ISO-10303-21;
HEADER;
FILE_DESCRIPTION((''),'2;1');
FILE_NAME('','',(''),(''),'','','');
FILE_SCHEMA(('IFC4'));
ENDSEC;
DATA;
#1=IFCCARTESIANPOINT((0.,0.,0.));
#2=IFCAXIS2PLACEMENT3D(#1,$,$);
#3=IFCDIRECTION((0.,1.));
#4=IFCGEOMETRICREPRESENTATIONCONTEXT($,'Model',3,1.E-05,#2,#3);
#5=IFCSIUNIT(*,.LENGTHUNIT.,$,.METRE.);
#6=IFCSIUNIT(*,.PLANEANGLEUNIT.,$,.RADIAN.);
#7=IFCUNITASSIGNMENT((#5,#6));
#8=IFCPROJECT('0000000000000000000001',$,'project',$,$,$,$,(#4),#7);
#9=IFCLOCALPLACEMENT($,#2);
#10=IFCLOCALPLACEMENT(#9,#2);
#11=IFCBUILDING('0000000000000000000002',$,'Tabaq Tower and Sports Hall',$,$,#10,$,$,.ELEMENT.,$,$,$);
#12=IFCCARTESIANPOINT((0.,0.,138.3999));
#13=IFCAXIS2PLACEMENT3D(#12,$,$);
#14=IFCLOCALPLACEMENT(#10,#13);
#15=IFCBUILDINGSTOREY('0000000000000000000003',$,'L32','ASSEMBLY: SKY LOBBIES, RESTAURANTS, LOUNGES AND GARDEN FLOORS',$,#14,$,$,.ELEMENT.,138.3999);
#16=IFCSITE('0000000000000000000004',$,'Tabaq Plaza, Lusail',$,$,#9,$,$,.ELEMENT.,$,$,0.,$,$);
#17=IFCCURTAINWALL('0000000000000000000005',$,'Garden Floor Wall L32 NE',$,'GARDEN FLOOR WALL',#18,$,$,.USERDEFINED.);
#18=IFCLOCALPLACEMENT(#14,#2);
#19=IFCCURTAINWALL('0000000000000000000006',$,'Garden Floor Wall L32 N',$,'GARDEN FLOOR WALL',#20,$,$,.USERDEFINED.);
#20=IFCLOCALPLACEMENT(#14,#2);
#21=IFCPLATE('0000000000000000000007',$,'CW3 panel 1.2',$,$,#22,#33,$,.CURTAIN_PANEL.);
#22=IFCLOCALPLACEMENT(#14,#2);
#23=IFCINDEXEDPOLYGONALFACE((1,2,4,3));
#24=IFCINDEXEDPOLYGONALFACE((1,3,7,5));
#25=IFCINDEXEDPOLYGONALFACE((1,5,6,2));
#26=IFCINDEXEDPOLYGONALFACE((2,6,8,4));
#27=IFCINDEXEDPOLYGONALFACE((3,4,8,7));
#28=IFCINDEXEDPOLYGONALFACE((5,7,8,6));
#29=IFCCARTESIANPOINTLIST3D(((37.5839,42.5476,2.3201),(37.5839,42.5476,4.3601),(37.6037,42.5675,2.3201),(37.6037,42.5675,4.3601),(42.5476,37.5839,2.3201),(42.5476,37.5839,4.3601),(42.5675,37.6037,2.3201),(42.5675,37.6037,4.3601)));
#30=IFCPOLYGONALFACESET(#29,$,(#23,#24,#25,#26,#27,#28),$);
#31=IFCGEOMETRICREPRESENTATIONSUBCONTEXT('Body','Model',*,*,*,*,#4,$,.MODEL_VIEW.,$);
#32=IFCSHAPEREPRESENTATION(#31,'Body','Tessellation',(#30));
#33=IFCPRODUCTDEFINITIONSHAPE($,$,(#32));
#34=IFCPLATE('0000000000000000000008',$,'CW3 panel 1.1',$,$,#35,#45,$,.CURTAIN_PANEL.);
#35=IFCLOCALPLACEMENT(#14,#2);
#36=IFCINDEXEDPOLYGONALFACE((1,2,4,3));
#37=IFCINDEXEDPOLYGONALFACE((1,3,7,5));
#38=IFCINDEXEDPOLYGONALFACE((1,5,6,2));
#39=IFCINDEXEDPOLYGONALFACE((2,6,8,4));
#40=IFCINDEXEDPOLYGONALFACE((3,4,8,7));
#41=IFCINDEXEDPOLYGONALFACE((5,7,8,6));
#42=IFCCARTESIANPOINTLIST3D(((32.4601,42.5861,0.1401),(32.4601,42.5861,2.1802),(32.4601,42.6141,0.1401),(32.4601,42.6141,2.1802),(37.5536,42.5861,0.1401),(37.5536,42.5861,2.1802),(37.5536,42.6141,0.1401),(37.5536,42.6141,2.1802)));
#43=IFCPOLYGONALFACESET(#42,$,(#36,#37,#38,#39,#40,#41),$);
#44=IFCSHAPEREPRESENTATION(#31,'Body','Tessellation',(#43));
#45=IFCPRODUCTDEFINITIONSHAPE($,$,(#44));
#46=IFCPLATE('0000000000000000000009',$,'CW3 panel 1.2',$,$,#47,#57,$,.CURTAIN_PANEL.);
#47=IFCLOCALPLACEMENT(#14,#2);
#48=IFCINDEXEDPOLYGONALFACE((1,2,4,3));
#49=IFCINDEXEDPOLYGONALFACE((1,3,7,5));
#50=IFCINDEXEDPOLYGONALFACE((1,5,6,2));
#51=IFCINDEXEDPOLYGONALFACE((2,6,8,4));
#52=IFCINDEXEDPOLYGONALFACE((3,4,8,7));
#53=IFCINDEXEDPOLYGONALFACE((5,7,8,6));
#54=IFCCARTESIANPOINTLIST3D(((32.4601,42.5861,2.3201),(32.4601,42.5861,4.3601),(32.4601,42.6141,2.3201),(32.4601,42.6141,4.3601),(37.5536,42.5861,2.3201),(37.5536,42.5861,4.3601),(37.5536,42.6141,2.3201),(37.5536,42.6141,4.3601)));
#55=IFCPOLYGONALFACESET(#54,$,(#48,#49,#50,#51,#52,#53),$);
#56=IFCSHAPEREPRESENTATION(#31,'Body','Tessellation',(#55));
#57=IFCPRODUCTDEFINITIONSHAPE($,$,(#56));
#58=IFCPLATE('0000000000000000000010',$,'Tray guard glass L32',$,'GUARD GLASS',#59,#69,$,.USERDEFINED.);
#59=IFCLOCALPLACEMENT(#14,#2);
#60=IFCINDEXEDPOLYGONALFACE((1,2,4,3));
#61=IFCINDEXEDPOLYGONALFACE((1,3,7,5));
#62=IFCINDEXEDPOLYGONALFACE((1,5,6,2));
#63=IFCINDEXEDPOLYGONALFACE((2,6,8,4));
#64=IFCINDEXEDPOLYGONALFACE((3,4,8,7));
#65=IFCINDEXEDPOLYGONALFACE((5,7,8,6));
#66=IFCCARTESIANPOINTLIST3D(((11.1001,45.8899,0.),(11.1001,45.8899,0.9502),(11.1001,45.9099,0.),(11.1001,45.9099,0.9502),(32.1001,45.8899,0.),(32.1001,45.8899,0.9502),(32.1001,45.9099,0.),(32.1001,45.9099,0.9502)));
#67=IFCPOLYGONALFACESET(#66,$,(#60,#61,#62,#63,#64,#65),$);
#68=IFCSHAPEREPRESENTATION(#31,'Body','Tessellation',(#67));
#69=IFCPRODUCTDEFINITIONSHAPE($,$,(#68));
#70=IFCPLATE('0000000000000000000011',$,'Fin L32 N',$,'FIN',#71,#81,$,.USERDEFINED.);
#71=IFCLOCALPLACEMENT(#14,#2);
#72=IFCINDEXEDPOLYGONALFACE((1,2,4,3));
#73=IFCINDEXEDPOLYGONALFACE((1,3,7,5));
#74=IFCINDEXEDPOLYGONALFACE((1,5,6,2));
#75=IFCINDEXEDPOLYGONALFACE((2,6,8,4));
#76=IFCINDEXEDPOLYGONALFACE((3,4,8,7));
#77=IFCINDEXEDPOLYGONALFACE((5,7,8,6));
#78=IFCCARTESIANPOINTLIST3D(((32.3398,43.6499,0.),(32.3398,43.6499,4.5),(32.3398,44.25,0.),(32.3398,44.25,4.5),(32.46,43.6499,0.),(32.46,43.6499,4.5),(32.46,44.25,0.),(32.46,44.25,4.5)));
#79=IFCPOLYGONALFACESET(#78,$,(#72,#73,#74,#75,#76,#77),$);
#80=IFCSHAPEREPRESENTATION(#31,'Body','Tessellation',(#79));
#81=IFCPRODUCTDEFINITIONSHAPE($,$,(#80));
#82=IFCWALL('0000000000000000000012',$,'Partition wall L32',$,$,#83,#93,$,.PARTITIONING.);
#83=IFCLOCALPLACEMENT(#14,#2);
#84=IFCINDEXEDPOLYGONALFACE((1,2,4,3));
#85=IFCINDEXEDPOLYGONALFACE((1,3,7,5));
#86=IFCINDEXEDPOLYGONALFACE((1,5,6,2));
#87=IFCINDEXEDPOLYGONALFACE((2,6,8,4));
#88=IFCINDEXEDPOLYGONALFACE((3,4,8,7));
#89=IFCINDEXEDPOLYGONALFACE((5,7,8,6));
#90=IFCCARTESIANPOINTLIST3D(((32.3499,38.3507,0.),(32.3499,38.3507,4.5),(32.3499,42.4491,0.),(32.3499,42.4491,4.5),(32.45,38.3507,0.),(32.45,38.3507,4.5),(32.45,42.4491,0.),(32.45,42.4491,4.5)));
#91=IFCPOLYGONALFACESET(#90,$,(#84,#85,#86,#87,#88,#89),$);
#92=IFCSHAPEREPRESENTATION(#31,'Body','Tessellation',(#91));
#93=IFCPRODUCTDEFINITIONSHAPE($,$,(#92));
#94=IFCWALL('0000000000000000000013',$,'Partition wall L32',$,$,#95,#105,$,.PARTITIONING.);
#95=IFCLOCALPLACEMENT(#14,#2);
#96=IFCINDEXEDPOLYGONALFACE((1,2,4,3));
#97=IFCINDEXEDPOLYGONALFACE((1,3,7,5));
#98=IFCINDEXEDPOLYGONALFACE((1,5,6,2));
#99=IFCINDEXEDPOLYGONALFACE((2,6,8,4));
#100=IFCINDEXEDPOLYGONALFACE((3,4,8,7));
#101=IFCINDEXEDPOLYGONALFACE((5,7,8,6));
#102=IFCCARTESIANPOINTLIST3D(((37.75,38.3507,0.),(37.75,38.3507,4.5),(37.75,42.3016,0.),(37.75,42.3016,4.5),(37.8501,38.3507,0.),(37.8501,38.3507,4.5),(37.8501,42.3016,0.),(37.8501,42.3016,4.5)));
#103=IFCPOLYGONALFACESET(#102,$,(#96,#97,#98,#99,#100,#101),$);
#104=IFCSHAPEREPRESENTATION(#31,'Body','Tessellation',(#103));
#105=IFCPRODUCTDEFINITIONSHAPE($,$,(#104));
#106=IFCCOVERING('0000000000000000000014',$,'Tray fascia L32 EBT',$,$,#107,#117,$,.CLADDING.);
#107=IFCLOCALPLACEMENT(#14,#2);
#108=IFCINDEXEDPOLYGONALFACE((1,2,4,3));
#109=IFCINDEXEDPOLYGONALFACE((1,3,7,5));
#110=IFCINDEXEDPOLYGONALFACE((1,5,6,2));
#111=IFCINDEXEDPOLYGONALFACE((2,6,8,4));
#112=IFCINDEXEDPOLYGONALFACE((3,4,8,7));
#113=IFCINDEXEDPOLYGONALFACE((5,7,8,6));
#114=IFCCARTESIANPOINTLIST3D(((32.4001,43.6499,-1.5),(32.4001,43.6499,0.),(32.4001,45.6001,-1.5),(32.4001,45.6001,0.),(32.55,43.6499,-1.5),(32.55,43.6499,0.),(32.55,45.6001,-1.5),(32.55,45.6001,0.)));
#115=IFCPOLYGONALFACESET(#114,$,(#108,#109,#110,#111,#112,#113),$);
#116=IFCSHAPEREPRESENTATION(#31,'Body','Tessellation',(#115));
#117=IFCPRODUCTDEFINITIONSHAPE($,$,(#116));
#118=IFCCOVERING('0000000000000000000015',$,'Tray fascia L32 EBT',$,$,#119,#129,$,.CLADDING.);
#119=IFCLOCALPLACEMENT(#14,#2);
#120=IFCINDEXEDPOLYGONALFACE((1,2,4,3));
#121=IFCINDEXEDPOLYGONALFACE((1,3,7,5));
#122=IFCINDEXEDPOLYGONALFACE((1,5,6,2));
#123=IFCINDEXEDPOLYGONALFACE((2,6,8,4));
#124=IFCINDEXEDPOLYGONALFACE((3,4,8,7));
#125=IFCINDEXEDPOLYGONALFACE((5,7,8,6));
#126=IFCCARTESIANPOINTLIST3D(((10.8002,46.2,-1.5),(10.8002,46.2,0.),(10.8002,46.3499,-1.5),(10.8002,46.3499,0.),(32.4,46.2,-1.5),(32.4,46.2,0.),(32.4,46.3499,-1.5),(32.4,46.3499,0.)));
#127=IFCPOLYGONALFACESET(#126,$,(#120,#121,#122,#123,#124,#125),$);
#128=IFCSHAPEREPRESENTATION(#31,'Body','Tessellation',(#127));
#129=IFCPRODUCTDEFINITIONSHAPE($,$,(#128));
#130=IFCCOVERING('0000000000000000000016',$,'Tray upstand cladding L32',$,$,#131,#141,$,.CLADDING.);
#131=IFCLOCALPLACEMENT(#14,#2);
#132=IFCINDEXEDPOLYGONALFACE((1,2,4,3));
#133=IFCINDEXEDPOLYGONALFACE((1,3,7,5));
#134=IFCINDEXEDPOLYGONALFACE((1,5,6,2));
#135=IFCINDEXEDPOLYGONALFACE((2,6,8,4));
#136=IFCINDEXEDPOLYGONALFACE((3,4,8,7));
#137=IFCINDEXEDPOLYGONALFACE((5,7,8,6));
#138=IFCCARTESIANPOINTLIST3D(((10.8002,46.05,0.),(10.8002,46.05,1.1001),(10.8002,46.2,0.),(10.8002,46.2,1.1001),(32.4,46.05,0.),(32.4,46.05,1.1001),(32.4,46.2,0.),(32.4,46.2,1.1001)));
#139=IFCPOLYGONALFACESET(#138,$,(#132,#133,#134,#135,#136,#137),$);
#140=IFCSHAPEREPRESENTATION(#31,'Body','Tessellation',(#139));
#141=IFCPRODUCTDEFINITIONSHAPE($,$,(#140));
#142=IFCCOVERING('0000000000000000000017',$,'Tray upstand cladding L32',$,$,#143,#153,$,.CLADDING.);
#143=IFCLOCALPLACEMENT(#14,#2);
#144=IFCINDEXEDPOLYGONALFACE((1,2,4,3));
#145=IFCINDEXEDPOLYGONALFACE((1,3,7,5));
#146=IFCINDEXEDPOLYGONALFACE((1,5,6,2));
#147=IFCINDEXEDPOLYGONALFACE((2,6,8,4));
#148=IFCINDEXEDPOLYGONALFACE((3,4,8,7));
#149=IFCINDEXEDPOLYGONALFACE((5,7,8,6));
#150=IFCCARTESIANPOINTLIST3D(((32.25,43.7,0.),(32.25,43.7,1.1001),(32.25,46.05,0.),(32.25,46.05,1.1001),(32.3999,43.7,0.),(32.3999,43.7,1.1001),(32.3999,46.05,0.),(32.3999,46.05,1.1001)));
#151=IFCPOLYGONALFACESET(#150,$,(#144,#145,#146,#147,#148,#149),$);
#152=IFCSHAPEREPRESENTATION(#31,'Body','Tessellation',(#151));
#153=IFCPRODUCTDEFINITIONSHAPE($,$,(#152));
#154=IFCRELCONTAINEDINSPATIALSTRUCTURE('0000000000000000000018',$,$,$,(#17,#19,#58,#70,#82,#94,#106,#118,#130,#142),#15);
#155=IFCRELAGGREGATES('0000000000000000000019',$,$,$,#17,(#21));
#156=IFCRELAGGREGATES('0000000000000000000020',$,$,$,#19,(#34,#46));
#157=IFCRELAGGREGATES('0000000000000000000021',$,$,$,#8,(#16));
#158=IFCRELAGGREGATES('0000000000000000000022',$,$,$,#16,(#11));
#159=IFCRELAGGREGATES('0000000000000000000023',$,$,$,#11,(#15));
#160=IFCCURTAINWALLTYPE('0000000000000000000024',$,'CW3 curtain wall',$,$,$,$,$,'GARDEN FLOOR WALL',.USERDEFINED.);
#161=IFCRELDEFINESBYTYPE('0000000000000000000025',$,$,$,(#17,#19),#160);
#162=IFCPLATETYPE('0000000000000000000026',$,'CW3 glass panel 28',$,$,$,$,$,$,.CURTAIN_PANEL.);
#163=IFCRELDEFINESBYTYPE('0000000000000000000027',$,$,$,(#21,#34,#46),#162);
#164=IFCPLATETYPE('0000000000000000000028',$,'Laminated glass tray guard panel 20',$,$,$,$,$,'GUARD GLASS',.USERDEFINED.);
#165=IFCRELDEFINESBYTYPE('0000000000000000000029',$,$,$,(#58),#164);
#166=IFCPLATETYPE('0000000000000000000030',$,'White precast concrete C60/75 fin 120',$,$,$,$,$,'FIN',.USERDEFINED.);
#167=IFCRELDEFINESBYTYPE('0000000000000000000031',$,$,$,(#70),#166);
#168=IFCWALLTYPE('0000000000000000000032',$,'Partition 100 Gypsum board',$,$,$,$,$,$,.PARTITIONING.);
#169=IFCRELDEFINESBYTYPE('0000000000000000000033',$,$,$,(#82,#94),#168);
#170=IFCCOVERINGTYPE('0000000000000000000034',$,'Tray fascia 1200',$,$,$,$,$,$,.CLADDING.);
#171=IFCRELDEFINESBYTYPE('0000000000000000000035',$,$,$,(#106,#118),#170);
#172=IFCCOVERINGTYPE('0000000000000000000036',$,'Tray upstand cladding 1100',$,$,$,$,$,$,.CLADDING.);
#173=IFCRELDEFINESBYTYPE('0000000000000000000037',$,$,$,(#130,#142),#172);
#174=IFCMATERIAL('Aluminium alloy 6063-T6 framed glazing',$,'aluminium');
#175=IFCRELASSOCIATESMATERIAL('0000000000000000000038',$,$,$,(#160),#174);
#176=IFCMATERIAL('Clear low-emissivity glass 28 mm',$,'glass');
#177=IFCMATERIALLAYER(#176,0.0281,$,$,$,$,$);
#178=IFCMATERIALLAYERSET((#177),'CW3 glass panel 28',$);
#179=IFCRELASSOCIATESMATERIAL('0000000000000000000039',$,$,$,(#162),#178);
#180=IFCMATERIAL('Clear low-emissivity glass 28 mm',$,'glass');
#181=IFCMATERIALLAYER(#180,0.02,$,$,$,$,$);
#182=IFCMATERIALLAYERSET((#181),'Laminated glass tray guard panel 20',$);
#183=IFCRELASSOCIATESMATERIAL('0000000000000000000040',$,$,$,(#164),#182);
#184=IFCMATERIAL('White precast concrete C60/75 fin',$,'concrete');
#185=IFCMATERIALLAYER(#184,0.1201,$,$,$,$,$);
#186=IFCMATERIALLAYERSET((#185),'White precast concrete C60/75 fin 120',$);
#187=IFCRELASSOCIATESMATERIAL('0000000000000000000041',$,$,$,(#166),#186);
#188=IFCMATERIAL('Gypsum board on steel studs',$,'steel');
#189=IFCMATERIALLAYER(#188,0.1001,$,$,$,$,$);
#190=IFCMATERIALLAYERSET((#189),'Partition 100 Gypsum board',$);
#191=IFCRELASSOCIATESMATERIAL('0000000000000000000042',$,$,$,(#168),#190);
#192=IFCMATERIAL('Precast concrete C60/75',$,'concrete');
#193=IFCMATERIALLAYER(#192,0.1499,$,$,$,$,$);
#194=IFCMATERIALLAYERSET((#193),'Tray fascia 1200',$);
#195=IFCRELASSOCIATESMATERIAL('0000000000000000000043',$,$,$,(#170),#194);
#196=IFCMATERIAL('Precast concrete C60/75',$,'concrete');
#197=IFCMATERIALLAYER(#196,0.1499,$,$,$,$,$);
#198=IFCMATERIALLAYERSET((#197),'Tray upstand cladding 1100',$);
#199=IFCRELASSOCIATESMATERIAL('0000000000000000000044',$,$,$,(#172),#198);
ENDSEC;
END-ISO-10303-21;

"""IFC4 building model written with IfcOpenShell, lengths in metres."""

from ifc_helpers import new_model, si_unit, direction, frame, frame_2d, origin, origin_2d, place, context, subcontext, project, spatial, rectangle, extrude, material, layer, layer_set, type_object, element, aggregate, save


model = new_model("IFC4")

# Units and contexts
model_context = context("Model", 3, precision=1e-05, world=origin(), true_north=direction((0.0, 1.0)))
body_context = subcontext(model_context, "Body", "Model", "MODEL_VIEW")
ifc_project = project(units=[si_unit("LENGTHUNIT", "METRE"), si_unit("PLANEANGLEUNIT", "RADIAN")], contexts=[model_context])

# Site, building, storey
site_placement = place(None, origin())
site = spatial("IfcSite", under=ifc_project, at=site_placement, Name="Tabaq Plaza, Lusail", CompositionType="ELEMENT", RefElevation=0.0)
building_placement = place(site_placement, origin())
building = spatial("IfcBuilding", under=site, at=building_placement, Name="Tabaq Tower and Sports Hall", CompositionType="ELEMENT")
storey_placement = place(building_placement, frame((0.0, 0.0, 138.3999)))
storey = spatial("IfcBuildingStorey", under=building, at=storey_placement, Name="L32", Description="ASSEMBLY: SKY LOBBIES, RESTAURANTS, LOUNGES AND GARDEN FLOORS", CompositionType="ELEMENT", Elevation=138.3999)

# Curtain wall
ifc_material_1 = material(Name="Aluminium alloy 6063-T6 framed glazing", Category="aluminium")
curtain_wall_type = type_object("IfcCurtainWallType", Name="CW3 curtain wall", ElementType="GARDEN FLOOR WALL", PredefinedType="USERDEFINED", material=ifc_material_1)
curtain_wall_1_placement = place(storey_placement, origin())
curtain_wall_1 = element("IfcCurtainWall", 1, at=curtain_wall_1_placement, inside=storey, type_object=curtain_wall_type, Name="Garden Floor Wall L32 NE", ObjectType="GARDEN FLOOR WALL", PredefinedType="USERDEFINED")

# Curtain wall
curtain_wall_2_placement = place(storey_placement, origin())
curtain_wall_2 = element("IfcCurtainWall", 2, at=curtain_wall_2_placement, inside=storey, type_object=curtain_wall_type, Name="Garden Floor Wall L32 N", ObjectType="GARDEN FLOOR WALL", PredefinedType="USERDEFINED")

# Plates
ifc_material_2 = material(Name="Clear low-emissivity glass 28 mm", Category="glass")
ifc_layer_1 = layer(ifc_material_2, 0.0281)
ifc_layer_set_1 = layer_set([ifc_layer_1], Name="CW3 glass panel 28")
plate_type_1 = type_object("IfcPlateType", Name="CW3 glass panel 28", PredefinedType="CURTAIN_PANEL", material=ifc_layer_set_1)
plate_1_placement = place(storey_placement, frame((40.0757, 40.0757, 2.3201), z_axis=(0.0, 0.0, 1.0), x_axis=(-0.707107, 0.707107, 0.0)))
plate_1 = element("IfcPlate", 3, at=plate_1_placement, type_object=plate_type_1, Name="CW3 panel 1.2", PredefinedType="CURTAIN_PANEL", context=body_context, shape_type="SweptSolid", body=[
    extrude(rectangle(XDim=7.0198, YDim=0.0281, at=origin_2d()), origin(), (0.0, 0.0, 1.0), 2.04),
])
aggregate(curtain_wall_1, [plate_1])
plate_2_placement = place(storey_placement, frame((35.0068, 42.6001, 0.1401), z_axis=(0.0, 0.0, 1.0), x_axis=(-1.0, 0.0, 0.0)))
plate_2 = element("IfcPlate", 4, at=plate_2_placement, type_object=plate_type_1, Name="CW3 panel 1.1", PredefinedType="CURTAIN_PANEL", context=body_context, shape_type="SweptSolid", body=[
    extrude(rectangle(XDim=5.0935, YDim=0.0281, at=origin_2d()), origin(), (0.0, 0.0, 1.0), 2.04),
])
plate_3_placement = place(storey_placement, frame((35.0068, 42.6001, 2.3201), z_axis=(0.0, 0.0, 1.0), x_axis=(-1.0, 0.0, 0.0)))
plate_3 = element("IfcPlate", 5, at=plate_3_placement, type_object=plate_type_1, Name="CW3 panel 1.2", PredefinedType="CURTAIN_PANEL", context=body_context, shape_type="SweptSolid", body=[
    extrude(rectangle(XDim=5.0935, YDim=0.0281, at=origin_2d()), origin(), (0.0, 0.0, 1.0), 2.04),
])
aggregate(curtain_wall_2, [plate_2, plate_3])

# Plates
ifc_material_3 = material(Name="Clear low-emissivity glass 28 mm", Category="glass")
ifc_layer_2 = layer(ifc_material_3, 0.02)
ifc_layer_set_2 = layer_set([ifc_layer_2], Name="Laminated glass tray guard panel 20")
plate_type_2 = type_object("IfcPlateType", Name="Laminated glass tray guard panel 20", ElementType="GUARD GLASS", PredefinedType="USERDEFINED", material=ifc_layer_set_2)
plate_4_placement = place(storey_placement, frame((32.1001, 45.8999, 0.0), z_axis=(0.0, 0.0, 1.0), x_axis=(-1.0, 0.0, 0.0)))
element("IfcPlate", 6, at=plate_4_placement, inside=storey, type_object=plate_type_2, Name="Tray guard glass L32", ObjectType="GUARD GLASS", PredefinedType="USERDEFINED", context=body_context, shape_type="SweptSolid", body=[
    extrude(rectangle(XDim=21.0, YDim=0.02, at=frame_2d((10.5, 0.0))), origin(), (0.0, 0.0, 1.0), 0.9502),
])
ifc_material_4 = material(Name="White precast concrete C60/75 fin", Category="concrete")
ifc_layer_3 = layer(ifc_material_4, 0.1201)
ifc_layer_set_3 = layer_set([ifc_layer_3], Name="White precast concrete C60/75 fin 120")
plate_type_3 = type_object("IfcPlateType", Name="White precast concrete C60/75 fin 120", ElementType="FIN", PredefinedType="USERDEFINED", material=ifc_layer_set_3)
plate_5_placement = place(storey_placement, frame((32.3999, 43.95, 0.0), z_axis=(0.0, 0.0, 1.0), x_axis=(-1.0, 0.0, 0.0)))
element("IfcPlate", 7, at=plate_5_placement, inside=storey, type_object=plate_type_3, Name="Fin L32 N", ObjectType="FIN", PredefinedType="USERDEFINED", context=body_context, shape_type="SweptSolid", body=[
    extrude(rectangle(XDim=0.1201, YDim=0.6001, at=origin_2d()), origin(), (0.0, 0.0, 1.0), 4.5),
])

# Walls
ifc_material_5 = material(Name="Gypsum board on steel studs", Category="steel")
ifc_layer_4 = layer(ifc_material_5, 0.1001)
ifc_layer_set_4 = layer_set([ifc_layer_4], Name="Partition 100 Gypsum board")
wall_type_1 = type_object("IfcWallType", Name="Partition 100 Gypsum board", PredefinedType="PARTITIONING", material=ifc_layer_set_4)
wall_1_placement = place(storey_placement, frame((32.3999, 38.3506, 0.0), z_axis=(0.0, 0.0, 1.0), x_axis=(0.0, 1.0, 0.0)))
element("IfcWall", 8, at=wall_1_placement, inside=storey, type_object=wall_type_1, Name="Partition wall L32", PredefinedType="PARTITIONING", context=body_context, shape_type="SweptSolid", body=[
    extrude(rectangle(XDim=4.0984, YDim=0.1001, at=frame_2d((2.0493, 0.0))), origin(), (0.0, 0.0, 1.0), 4.5),
])
wall_2_placement = place(storey_placement, frame((37.8, 38.3506, 0.0), z_axis=(0.0, 0.0, 1.0), x_axis=(0.0, 1.0, 0.0)))
element("IfcWall", 9, at=wall_2_placement, inside=storey, type_object=wall_type_1, Name="Partition wall L32", PredefinedType="PARTITIONING", context=body_context, shape_type="SweptSolid", body=[
    extrude(rectangle(XDim=3.9509, YDim=0.1001, at=frame_2d((1.9756, 0.0))), origin(), (0.0, 0.0, 1.0), 4.5),
])

# Coverings
ifc_material_6 = material(Name="Precast concrete C60/75", Category="concrete")
ifc_layer_5 = layer(ifc_material_6, 0.1499)
ifc_layer_set_5 = layer_set([ifc_layer_5], Name="Tray fascia 1200")
covering_type_1 = type_object("IfcCoveringType", Name="Tray fascia 1200", PredefinedType="CLADDING", material=ifc_layer_set_5)
covering_1_placement = place(storey_placement, frame((32.4751, 43.6499, -1.5), z_axis=(0.0, 0.0, 1.0), x_axis=(0.0, 1.0, 0.0)))
element("IfcCovering", 10, at=covering_1_placement, inside=storey, type_object=covering_type_1, Name="Tray fascia L32 EBT", PredefinedType="CLADDING", context=body_context, shape_type="SweptSolid", body=[
    extrude(rectangle(XDim=1.9502, YDim=0.1499, at=frame_2d((0.9751, 0.0))), origin(), (0.0, 0.0, 1.0), 1.5),
])
covering_2_placement = place(storey_placement, frame((32.3999, 46.2749, -1.5), z_axis=(0.0, 0.0, 1.0), x_axis=(-1.0, 0.0, 0.0)))
element("IfcCovering", 11, at=covering_2_placement, inside=storey, type_object=covering_type_1, Name="Tray fascia L32 EBT", PredefinedType="CLADDING", context=body_context, shape_type="SweptSolid", body=[
    extrude(rectangle(XDim=21.5999, YDim=0.1499, at=frame_2d((10.7998, 0.0))), origin(), (0.0, 0.0, 1.0), 1.5),
])
ifc_material_7 = material(Name="Precast concrete C60/75", Category="concrete")
ifc_layer_6 = layer(ifc_material_7, 0.1499)
ifc_layer_set_6 = layer_set([ifc_layer_6], Name="Tray upstand cladding 1100")
covering_type_2 = type_object("IfcCoveringType", Name="Tray upstand cladding 1100", PredefinedType="CLADDING", material=ifc_layer_set_6)
covering_3_placement = place(storey_placement, frame((32.3999, 46.125, 0.0), z_axis=(0.0, 0.0, 1.0), x_axis=(-1.0, 0.0, 0.0)))
element("IfcCovering", 12, at=covering_3_placement, inside=storey, type_object=covering_type_2, Name="Tray upstand cladding L32", PredefinedType="CLADDING", context=body_context, shape_type="SweptSolid", body=[
    extrude(rectangle(XDim=21.5999, YDim=0.1499, at=frame_2d((10.7998, 0.0))), origin(), (0.0, 0.0, 1.0), 1.1001),
])
covering_4_placement = place(storey_placement, frame((32.325, 43.7, 0.0), z_axis=(0.0, 0.0, 1.0), x_axis=(0.0, 1.0, 0.0)))
element("IfcCovering", 13, at=covering_4_placement, inside=storey, type_object=covering_type_2, Name="Tray upstand cladding L32", PredefinedType="CLADDING", context=body_context, shape_type="SweptSolid", body=[
    extrude(rectangle(XDim=2.3501, YDim=0.1499, at=frame_2d((1.175, 0.0))), origin(), (0.0, 0.0, 1.0), 1.1001),
])

save(model, "model.ifc")
